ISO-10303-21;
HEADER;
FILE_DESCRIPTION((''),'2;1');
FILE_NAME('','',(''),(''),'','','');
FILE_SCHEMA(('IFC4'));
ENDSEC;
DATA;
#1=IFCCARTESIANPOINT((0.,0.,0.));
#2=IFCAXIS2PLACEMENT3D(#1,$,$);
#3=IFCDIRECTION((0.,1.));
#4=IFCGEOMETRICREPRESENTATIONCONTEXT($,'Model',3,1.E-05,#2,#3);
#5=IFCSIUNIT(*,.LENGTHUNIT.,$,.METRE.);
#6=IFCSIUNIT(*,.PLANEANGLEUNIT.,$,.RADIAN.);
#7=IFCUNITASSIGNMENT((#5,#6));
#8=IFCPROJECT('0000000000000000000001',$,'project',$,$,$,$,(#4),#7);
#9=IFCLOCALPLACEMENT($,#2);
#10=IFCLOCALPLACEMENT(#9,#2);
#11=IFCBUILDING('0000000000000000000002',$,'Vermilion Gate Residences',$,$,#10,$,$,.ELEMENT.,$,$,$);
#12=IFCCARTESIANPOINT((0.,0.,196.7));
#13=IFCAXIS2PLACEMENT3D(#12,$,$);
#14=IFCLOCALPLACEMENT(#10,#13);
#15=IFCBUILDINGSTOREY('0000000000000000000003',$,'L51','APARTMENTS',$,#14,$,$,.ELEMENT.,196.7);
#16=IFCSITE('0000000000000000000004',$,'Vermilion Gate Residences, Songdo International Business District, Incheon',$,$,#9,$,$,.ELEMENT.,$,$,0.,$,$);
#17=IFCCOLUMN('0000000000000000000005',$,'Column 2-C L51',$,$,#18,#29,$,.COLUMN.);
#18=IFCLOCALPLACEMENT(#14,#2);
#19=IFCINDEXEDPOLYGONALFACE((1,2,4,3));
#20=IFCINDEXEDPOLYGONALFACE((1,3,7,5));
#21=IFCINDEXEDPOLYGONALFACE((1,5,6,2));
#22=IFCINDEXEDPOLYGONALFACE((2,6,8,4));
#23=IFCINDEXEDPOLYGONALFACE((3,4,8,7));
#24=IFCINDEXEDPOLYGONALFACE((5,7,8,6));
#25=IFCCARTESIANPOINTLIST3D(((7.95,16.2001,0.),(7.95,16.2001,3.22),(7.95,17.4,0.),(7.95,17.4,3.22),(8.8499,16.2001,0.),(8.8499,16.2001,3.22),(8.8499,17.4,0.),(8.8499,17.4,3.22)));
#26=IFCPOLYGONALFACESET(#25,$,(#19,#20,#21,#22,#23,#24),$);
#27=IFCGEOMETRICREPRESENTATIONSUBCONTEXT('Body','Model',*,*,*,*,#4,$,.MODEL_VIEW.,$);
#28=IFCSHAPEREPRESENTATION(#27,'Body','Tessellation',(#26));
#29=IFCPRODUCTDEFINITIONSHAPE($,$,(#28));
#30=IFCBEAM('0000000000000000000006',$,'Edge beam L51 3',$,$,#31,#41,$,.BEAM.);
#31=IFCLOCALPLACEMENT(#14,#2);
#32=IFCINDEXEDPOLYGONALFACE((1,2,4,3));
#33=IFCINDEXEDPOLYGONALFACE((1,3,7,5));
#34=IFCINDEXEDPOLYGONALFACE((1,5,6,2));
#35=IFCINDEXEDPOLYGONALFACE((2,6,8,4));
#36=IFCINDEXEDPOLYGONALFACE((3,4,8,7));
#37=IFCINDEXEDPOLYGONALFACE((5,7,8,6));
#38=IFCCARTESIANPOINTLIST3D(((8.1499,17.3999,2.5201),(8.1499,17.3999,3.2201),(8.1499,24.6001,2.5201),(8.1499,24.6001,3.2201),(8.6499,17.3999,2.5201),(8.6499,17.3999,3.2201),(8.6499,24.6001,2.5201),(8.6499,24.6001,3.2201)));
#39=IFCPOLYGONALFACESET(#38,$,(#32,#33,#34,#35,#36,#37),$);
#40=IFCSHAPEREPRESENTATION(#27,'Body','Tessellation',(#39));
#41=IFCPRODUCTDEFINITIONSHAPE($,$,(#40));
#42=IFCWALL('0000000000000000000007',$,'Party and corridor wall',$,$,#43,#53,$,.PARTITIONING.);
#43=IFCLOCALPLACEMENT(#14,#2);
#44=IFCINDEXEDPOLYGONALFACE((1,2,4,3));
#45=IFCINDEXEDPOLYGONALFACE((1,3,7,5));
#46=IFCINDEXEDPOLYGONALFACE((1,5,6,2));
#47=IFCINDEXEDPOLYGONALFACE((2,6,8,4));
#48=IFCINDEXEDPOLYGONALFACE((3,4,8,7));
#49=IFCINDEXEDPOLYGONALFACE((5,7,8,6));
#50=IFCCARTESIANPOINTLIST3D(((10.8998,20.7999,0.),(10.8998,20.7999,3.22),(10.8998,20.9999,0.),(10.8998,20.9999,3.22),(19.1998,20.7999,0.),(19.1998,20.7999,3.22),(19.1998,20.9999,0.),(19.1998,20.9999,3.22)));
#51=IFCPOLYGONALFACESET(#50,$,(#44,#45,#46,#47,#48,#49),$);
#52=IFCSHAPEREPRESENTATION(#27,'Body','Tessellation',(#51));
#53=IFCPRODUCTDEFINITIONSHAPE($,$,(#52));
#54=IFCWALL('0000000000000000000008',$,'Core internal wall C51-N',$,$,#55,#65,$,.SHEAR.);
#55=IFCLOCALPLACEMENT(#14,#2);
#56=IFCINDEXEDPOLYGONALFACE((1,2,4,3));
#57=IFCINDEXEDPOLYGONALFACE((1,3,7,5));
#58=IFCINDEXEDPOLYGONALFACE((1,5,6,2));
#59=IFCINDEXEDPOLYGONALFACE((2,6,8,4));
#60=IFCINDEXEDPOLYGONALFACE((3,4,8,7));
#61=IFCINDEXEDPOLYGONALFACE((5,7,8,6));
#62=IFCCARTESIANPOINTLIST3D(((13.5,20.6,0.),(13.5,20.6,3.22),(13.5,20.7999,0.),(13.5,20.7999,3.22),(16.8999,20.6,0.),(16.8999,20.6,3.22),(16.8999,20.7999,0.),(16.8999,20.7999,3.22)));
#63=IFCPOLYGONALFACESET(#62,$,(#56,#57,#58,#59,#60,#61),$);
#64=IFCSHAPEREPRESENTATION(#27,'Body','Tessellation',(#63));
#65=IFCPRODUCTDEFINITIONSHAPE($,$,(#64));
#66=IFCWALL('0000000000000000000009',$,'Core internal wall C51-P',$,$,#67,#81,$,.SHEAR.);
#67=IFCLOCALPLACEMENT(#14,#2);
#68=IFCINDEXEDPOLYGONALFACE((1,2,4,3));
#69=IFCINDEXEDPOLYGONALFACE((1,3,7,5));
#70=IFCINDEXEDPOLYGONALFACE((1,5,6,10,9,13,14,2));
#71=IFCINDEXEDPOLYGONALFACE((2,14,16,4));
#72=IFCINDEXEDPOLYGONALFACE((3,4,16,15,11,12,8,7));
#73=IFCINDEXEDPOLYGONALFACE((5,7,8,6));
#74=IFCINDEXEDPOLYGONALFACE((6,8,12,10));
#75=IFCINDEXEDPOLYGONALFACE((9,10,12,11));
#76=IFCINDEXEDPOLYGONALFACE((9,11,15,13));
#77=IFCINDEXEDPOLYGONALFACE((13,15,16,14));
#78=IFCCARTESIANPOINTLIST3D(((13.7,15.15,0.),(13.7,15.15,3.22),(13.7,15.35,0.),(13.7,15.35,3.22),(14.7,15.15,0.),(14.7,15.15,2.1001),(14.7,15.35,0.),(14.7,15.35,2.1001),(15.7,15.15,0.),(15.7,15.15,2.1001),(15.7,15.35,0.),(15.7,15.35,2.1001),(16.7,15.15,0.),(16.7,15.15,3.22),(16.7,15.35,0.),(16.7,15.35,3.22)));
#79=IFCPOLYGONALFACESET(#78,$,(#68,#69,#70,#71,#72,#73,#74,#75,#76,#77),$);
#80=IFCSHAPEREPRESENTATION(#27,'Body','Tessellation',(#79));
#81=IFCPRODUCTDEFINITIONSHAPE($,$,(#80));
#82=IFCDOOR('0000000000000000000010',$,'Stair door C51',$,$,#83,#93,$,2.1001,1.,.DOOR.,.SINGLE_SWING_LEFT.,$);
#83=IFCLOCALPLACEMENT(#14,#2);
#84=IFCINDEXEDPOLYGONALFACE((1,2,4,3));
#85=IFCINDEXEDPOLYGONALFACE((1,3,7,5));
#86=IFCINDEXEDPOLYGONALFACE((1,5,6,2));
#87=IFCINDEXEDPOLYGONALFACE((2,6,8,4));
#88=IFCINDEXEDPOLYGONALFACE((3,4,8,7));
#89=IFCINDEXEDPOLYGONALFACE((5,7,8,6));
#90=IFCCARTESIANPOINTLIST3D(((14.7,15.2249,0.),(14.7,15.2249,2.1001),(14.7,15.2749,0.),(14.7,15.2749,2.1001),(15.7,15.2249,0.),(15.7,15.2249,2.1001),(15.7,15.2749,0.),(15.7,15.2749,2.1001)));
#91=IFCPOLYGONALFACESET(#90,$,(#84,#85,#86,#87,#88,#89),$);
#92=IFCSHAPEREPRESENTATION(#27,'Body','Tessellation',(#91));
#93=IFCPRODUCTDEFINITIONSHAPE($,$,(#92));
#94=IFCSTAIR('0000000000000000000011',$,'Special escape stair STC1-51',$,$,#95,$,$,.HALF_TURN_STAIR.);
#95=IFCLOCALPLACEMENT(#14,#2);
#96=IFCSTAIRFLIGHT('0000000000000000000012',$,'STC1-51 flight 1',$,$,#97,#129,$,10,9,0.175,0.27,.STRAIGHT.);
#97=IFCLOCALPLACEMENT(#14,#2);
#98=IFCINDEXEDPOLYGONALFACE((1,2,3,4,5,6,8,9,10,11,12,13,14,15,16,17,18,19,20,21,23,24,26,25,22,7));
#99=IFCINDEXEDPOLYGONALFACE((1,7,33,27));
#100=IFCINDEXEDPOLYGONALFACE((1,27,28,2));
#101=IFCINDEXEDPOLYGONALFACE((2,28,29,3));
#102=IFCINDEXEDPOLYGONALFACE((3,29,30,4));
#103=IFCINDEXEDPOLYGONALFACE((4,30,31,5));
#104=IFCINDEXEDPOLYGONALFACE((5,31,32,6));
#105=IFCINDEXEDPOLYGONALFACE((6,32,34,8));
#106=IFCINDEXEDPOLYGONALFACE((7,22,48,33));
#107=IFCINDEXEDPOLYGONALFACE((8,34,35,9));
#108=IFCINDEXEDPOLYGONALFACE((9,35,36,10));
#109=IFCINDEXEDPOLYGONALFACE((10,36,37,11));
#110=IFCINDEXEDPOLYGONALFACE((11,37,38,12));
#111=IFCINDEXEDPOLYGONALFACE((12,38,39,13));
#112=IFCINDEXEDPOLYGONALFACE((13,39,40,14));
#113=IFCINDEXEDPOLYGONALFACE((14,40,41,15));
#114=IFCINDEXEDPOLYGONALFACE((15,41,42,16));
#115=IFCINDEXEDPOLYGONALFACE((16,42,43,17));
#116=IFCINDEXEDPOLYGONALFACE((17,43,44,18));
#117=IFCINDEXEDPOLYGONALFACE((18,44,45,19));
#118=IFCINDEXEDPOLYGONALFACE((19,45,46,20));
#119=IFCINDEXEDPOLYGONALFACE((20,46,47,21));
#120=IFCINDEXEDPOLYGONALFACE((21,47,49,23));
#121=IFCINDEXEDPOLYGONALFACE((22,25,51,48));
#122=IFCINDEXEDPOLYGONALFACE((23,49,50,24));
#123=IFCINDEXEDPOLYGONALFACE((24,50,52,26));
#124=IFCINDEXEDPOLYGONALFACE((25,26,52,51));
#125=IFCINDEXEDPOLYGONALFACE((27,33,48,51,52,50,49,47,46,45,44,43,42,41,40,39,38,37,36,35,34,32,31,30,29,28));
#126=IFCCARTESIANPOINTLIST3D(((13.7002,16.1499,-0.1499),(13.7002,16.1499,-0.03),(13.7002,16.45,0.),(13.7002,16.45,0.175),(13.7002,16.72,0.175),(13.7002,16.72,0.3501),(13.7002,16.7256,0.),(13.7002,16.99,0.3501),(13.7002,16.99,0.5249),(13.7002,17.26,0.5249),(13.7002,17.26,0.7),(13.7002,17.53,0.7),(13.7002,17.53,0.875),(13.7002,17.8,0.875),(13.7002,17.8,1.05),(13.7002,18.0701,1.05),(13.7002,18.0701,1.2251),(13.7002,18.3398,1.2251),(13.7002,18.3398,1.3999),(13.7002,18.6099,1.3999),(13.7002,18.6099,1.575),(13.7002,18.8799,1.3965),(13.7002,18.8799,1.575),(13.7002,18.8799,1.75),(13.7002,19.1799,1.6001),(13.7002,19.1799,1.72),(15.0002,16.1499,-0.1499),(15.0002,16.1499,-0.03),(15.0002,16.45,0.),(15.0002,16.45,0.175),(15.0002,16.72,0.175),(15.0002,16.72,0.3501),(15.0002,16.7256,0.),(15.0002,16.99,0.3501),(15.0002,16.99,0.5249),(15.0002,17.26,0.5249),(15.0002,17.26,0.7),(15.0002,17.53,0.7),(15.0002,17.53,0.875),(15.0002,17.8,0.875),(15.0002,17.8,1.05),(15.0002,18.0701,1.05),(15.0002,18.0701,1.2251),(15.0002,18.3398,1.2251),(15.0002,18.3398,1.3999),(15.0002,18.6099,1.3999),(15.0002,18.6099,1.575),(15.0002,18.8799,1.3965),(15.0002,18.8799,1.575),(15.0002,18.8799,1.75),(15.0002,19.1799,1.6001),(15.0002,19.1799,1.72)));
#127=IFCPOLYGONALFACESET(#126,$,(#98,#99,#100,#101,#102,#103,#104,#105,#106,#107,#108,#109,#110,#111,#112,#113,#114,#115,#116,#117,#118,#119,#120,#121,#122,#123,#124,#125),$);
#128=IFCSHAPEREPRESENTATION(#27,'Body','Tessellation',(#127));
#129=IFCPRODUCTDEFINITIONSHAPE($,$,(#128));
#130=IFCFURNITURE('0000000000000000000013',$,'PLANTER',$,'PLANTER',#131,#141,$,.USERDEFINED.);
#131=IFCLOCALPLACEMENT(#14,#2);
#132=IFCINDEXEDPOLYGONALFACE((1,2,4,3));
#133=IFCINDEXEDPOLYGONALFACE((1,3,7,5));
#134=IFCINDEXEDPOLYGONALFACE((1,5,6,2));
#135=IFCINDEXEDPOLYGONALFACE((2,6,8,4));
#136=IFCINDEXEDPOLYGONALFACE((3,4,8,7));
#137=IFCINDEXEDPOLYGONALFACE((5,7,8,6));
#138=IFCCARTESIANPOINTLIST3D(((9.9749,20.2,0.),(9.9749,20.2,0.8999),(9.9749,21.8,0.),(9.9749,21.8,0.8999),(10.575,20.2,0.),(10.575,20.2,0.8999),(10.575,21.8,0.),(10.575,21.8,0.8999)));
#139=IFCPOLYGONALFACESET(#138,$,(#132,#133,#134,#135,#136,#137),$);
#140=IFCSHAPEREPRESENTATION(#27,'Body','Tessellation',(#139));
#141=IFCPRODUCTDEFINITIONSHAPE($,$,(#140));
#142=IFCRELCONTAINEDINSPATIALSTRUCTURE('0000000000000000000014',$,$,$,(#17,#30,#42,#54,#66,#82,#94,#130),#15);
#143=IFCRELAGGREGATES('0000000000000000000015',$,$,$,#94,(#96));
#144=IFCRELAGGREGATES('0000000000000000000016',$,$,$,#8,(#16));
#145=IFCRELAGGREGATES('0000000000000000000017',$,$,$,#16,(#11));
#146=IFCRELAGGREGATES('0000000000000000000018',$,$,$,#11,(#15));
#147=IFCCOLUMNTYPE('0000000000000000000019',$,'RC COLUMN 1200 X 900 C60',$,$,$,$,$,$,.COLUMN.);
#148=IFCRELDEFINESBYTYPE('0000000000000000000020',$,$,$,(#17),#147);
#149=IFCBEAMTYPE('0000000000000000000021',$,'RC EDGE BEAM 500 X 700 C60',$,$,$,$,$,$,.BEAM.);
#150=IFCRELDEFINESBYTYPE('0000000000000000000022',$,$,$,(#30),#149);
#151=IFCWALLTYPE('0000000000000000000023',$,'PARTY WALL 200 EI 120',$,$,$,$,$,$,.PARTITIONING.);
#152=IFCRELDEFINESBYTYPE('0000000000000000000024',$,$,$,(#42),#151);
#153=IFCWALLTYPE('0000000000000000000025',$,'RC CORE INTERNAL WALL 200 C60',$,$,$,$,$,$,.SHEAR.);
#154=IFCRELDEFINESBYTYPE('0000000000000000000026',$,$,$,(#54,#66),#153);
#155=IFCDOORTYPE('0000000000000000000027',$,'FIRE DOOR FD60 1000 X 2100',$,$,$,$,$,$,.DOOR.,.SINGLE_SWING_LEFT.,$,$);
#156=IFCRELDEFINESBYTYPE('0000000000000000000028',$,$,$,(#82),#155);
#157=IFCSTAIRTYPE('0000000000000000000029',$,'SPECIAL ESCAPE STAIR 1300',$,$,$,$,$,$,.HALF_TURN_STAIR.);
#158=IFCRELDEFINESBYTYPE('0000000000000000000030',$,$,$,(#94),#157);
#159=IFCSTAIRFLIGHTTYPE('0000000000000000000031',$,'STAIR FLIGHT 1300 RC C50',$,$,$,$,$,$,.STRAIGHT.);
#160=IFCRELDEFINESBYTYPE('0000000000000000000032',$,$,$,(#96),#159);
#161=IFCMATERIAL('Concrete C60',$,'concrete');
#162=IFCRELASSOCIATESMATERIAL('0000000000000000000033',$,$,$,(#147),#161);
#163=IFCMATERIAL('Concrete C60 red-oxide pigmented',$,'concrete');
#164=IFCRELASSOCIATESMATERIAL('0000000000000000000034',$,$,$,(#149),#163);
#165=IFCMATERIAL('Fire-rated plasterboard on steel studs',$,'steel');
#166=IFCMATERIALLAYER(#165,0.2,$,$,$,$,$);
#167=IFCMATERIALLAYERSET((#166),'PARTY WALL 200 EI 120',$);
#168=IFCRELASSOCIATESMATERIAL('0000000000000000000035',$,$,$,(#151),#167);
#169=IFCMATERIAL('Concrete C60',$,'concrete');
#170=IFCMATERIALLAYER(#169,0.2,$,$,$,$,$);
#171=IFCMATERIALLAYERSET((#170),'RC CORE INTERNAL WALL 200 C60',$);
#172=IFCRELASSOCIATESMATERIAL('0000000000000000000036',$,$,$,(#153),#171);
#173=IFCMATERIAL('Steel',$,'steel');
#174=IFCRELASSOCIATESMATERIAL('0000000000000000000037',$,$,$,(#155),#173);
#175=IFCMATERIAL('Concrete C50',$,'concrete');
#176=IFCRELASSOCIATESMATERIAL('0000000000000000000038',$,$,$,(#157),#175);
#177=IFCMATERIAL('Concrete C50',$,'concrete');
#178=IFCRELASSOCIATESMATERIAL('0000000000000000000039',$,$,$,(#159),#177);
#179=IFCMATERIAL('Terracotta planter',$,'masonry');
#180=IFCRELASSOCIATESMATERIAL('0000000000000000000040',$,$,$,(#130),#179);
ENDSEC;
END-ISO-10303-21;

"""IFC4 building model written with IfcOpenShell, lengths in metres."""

from ifc_helpers import new_model, si_unit, direction, frame, frame_2d, origin, origin_2d, place, context, subcontext, project, spatial, polyline, rectangle, outline, extrude, material, layer, layer_set, material_profile, profile_set, type_object, element, fill, aggregate, save


model = new_model("IFC4")

# Units and contexts
model_context = context("Model", 3, precision=1e-05, world=origin(), true_north=direction((0.0, 1.0)))
body_context = subcontext(model_context, "Body", "Model", "MODEL_VIEW")
ifc_project = project(units=[si_unit("LENGTHUNIT", "METRE"), si_unit("PLANEANGLEUNIT", "RADIAN")], contexts=[model_context])

# Site, building, storey
site_placement = place(None, origin())
site = spatial("IfcSite", under=ifc_project, at=site_placement, Name="Vermilion Gate Residences, Songdo International Business District, Incheon", CompositionType="ELEMENT", RefElevation=0.0)
building_placement = place(site_placement, origin())
building = spatial("IfcBuilding", under=site, at=building_placement, Name="Vermilion Gate Residences", CompositionType="ELEMENT")
storey_placement = place(building_placement, frame((0.0, 0.0, 196.7)))
storey = spatial("IfcBuildingStorey", under=building, at=storey_placement, Name="L51", Description="APARTMENTS", CompositionType="ELEMENT", Elevation=196.7)

# Column
ifc_material_1 = material(Name="Concrete C60", Category="concrete")
ifc_material_profile_1 = material_profile(ifc_material_1, rectangle(XDim=1.2, YDim=0.8999, at=origin_2d()), Name="RC-1200x900")
ifc_profile_set_1 = profile_set([ifc_material_profile_1], Name="Concrete C60")
column_type = type_object("IfcColumnType", Name="RC COLUMN 1200 X 900 C60", PredefinedType="COLUMN", material=ifc_profile_set_1)
column_placement = place(storey_placement, frame((8.3999, 16.8, 0.0), z_axis=(0.0, 0.0, 1.0), x_axis=(0.0, 1.0, 0.0)))
element("IfcColumn", 1, at=column_placement, inside=storey, type_object=column_type, Name="Column 2-C L51", PredefinedType="COLUMN", context=body_context, shape_type="SweptSolid", body=[
    extrude(rectangle(XDim=1.2, YDim=0.8999, at=origin_2d()), origin(), (0.0, 0.0, 1.0), 3.22),
])

# Beam
ifc_material_2 = material(Name="Concrete C60 red-oxide pigmented", Category="concrete")
ifc_material_profile_2 = material_profile(ifc_material_2, rectangle(XDim=0.5, YDim=0.7, at=origin_2d()), Name="RC-500x700")
ifc_profile_set_2 = profile_set([ifc_material_profile_2], Name="Concrete C60 red-oxide pigmented")
beam_type = type_object("IfcBeamType", Name="RC EDGE BEAM 500 X 700 C60", PredefinedType="BEAM", material=ifc_profile_set_2)
beam_placement = place(storey_placement, frame((8.3999, 17.3999, 2.8701), z_axis=(0.0, 1.0, 0.0), x_axis=(-1.0, 0.0, 0.0)))
element("IfcBeam", 2, at=beam_placement, inside=storey, type_object=beam_type, Name="Edge beam L51 3", PredefinedType="BEAM", context=body_context, shape_type="SweptSolid", body=[
    extrude(rectangle(XDim=0.5, YDim=0.7, at=origin_2d()), origin(), (0.0, 0.0, 1.0), 7.2002),
])

# Walls
ifc_material_3 = material(Name="Fire-rated plasterboard on steel studs", Category="steel")
ifc_layer_1 = layer(ifc_material_3, 0.2)
ifc_layer_set_1 = layer_set([ifc_layer_1], Name="PARTY WALL 200 EI 120")
wall_type_1 = type_object("IfcWallType", Name="PARTY WALL 200 EI 120", PredefinedType="PARTITIONING", material=ifc_layer_set_1)
wall_1_placement = place(storey_placement, frame((10.8999, 20.8999, 0.0), z_axis=(0.0, 0.0, 1.0), x_axis=(1.0, 0.0, 0.0)))
element("IfcWall", 3, at=wall_1_placement, inside=storey, type_object=wall_type_1, Name="Party and corridor wall", PredefinedType="PARTITIONING", context=body_context, shape_type="SweptSolid", body=[
    extrude(rectangle(XDim=8.3, YDim=0.2, at=frame_2d((4.1499, 0.0))), origin(), (0.0, 0.0, 1.0), 3.22),
])
ifc_material_4 = material(Name="Concrete C60", Category="concrete")
ifc_layer_2 = layer(ifc_material_4, 0.2)
ifc_layer_set_2 = layer_set([ifc_layer_2], Name="RC CORE INTERNAL WALL 200 C60")
wall_type_2 = type_object("IfcWallType", Name="RC CORE INTERNAL WALL 200 C60", PredefinedType="SHEAR", material=ifc_layer_set_2)
wall_2_placement = place(storey_placement, frame((13.5, 20.7, 0.0), z_axis=(0.0, 0.0, 1.0), x_axis=(1.0, 0.0, 0.0)))
element("IfcWall", 4, at=wall_2_placement, inside=storey, type_object=wall_type_2, Name="Core internal wall C51-N", PredefinedType="SHEAR", context=body_context, shape_type="SweptSolid", body=[
    extrude(rectangle(XDim=3.3999, YDim=0.2, at=frame_2d((1.7, 0.0))), origin(), (0.0, 0.0, 1.0), 3.22),
])

# Wall, opening, door
wall_3_placement = place(storey_placement, frame((13.7, 15.25, 0.0), z_axis=(0.0, 0.0, 1.0), x_axis=(1.0, 0.0, 0.0)))
wall_3 = element("IfcWall", 5, at=wall_3_placement, inside=storey, type_object=wall_type_2, Name="Core internal wall C51-P", PredefinedType="SHEAR", context=body_context, shape_type="SweptSolid", body=[
    extrude(rectangle(XDim=3.0, YDim=0.2, at=frame_2d((1.5, 0.0))), origin(), (0.0, 0.0, 1.0), 3.22),
])
opening_placement = place(wall_3_placement, frame((1.0, 0.0, 0.0)))
opening = element("IfcOpeningElement", 6, at=opening_placement, cuts=wall_3, PredefinedType="OPENING", context=body_context, shape_type="SweptSolid", body=[
    extrude(rectangle(XDim=1.0, YDim=2.1001, at=frame_2d((0.5, 1.05))), frame((0.0, 0.1099, 0.0), z_axis=(0.0, -1.0, 0.0), x_axis=(1.0, 0.0, 0.0)), (0.0, 0.0, 1.0), 0.22),
])
ifc_material_5 = material(Name="Steel", Category="steel")
door_type = type_object("IfcDoorType", Name="FIRE DOOR FD60 1000 X 2100", OperationType="SINGLE_SWING_LEFT", PredefinedType="DOOR", material=ifc_material_5)
door_placement = place(opening_placement, origin())
door = element("IfcDoor", 7, at=door_placement, inside=storey, type_object=door_type, Name="Stair door C51", OperationType="SINGLE_SWING_LEFT", OverallHeight=2.1001, OverallWidth=1.0, PredefinedType="DOOR", context=body_context, shape_type="SweptSolid", body=[
    extrude(rectangle(XDim=1.0, YDim=2.1001, at=frame_2d((0.5, 1.05))), frame((0.0, 0.0249, 0.0), z_axis=(0.0, -1.0, 0.0), x_axis=(1.0, 0.0, 0.0)), (0.0, 0.0, 1.0), 0.05),
])
fill(opening, door)

# Stair, stair flight
ifc_material_6 = material(Name="Concrete C50", Category="concrete")
stair_type = type_object("IfcStairType", Name="SPECIAL ESCAPE STAIR 1300", PredefinedType="HALF_TURN_STAIR", material=ifc_material_6)
stair_placement = place(storey_placement, origin())
stair = element("IfcStair", 8, at=stair_placement, inside=storey, type_object=stair_type, Name="Special escape stair STC1-51", PredefinedType="HALF_TURN_STAIR")
ifc_material_7 = material(Name="Concrete C50", Category="concrete")
stair_flight_type = type_object("IfcStairFlightType", Name="STAIR FLIGHT 1300 RC C50", PredefinedType="STRAIGHT", material=ifc_material_7)
stair_flight_placement = place(storey_placement, frame((14.3501, 16.45, 0.0), z_axis=(0.0, 0.0, 1.0), x_axis=(0.0, 1.0, 0.0)))
stair_flight = element("IfcStairFlight", 9, at=stair_flight_placement, type_object=stair_flight_type, Name="STC1-51 flight 1", NumberOfRisers=10, NumberOfTreads=9, PredefinedType="STRAIGHT", RiserHeight=0.175, TreadLength=0.27, context=body_context, shape_type="SweptSolid", body=[
    extrude(outline(polyline([(-0.3, -0.1499), (-0.3, -0.03), (0.0, 0.0), (0.0, 0.175), (0.27, 0.175), (0.27, 0.3501), (0.54, 0.3501), (0.54, 0.5249), (0.8101, 0.5249), (0.8101, 0.7), (1.0801, 0.7), (1.0801, 0.875), (1.3501, 0.875), (1.3501, 1.05), (1.6201, 1.05), (1.6201, 1.2251), (1.8899, 1.2251), (1.8899, 1.3999), (2.1599, 1.3999), (2.1599, 1.575), (2.4299, 1.575), (2.4299, 1.75), (2.73, 1.72), (2.73, 1.6001), (2.4299, 1.3965), (0.2756, 0.0), (-0.3, -0.1499)])), frame((0.0, 0.6499, 0.0), z_axis=(0.0, -1.0, 0.0), x_axis=(1.0, 0.0, 0.0)), (0.0, 0.0, 1.0), 1.3),
])
aggregate(stair, [stair_flight])

# Furniture
ifc_material_8 = material(Name="Terracotta planter", Category="masonry")
furniture_placement = place(storey_placement, frame((10.2749, 21.0, 0.0), z_axis=(0.0, 0.0, 1.0), x_axis=(0.0, -1.0, 0.0)))
element("IfcFurniture", 10, at=furniture_placement, inside=storey, material=ifc_material_8, Name="PLANTER", ObjectType="PLANTER", PredefinedType="USERDEFINED", context=body_context, shape_type="SweptSolid", body=[
    extrude(rectangle(XDim=1.6001, YDim=0.6001, at=origin_2d()), origin(), (0.0, 0.0, 1.0), 0.8999),
])

save(model, "model.ifc")
